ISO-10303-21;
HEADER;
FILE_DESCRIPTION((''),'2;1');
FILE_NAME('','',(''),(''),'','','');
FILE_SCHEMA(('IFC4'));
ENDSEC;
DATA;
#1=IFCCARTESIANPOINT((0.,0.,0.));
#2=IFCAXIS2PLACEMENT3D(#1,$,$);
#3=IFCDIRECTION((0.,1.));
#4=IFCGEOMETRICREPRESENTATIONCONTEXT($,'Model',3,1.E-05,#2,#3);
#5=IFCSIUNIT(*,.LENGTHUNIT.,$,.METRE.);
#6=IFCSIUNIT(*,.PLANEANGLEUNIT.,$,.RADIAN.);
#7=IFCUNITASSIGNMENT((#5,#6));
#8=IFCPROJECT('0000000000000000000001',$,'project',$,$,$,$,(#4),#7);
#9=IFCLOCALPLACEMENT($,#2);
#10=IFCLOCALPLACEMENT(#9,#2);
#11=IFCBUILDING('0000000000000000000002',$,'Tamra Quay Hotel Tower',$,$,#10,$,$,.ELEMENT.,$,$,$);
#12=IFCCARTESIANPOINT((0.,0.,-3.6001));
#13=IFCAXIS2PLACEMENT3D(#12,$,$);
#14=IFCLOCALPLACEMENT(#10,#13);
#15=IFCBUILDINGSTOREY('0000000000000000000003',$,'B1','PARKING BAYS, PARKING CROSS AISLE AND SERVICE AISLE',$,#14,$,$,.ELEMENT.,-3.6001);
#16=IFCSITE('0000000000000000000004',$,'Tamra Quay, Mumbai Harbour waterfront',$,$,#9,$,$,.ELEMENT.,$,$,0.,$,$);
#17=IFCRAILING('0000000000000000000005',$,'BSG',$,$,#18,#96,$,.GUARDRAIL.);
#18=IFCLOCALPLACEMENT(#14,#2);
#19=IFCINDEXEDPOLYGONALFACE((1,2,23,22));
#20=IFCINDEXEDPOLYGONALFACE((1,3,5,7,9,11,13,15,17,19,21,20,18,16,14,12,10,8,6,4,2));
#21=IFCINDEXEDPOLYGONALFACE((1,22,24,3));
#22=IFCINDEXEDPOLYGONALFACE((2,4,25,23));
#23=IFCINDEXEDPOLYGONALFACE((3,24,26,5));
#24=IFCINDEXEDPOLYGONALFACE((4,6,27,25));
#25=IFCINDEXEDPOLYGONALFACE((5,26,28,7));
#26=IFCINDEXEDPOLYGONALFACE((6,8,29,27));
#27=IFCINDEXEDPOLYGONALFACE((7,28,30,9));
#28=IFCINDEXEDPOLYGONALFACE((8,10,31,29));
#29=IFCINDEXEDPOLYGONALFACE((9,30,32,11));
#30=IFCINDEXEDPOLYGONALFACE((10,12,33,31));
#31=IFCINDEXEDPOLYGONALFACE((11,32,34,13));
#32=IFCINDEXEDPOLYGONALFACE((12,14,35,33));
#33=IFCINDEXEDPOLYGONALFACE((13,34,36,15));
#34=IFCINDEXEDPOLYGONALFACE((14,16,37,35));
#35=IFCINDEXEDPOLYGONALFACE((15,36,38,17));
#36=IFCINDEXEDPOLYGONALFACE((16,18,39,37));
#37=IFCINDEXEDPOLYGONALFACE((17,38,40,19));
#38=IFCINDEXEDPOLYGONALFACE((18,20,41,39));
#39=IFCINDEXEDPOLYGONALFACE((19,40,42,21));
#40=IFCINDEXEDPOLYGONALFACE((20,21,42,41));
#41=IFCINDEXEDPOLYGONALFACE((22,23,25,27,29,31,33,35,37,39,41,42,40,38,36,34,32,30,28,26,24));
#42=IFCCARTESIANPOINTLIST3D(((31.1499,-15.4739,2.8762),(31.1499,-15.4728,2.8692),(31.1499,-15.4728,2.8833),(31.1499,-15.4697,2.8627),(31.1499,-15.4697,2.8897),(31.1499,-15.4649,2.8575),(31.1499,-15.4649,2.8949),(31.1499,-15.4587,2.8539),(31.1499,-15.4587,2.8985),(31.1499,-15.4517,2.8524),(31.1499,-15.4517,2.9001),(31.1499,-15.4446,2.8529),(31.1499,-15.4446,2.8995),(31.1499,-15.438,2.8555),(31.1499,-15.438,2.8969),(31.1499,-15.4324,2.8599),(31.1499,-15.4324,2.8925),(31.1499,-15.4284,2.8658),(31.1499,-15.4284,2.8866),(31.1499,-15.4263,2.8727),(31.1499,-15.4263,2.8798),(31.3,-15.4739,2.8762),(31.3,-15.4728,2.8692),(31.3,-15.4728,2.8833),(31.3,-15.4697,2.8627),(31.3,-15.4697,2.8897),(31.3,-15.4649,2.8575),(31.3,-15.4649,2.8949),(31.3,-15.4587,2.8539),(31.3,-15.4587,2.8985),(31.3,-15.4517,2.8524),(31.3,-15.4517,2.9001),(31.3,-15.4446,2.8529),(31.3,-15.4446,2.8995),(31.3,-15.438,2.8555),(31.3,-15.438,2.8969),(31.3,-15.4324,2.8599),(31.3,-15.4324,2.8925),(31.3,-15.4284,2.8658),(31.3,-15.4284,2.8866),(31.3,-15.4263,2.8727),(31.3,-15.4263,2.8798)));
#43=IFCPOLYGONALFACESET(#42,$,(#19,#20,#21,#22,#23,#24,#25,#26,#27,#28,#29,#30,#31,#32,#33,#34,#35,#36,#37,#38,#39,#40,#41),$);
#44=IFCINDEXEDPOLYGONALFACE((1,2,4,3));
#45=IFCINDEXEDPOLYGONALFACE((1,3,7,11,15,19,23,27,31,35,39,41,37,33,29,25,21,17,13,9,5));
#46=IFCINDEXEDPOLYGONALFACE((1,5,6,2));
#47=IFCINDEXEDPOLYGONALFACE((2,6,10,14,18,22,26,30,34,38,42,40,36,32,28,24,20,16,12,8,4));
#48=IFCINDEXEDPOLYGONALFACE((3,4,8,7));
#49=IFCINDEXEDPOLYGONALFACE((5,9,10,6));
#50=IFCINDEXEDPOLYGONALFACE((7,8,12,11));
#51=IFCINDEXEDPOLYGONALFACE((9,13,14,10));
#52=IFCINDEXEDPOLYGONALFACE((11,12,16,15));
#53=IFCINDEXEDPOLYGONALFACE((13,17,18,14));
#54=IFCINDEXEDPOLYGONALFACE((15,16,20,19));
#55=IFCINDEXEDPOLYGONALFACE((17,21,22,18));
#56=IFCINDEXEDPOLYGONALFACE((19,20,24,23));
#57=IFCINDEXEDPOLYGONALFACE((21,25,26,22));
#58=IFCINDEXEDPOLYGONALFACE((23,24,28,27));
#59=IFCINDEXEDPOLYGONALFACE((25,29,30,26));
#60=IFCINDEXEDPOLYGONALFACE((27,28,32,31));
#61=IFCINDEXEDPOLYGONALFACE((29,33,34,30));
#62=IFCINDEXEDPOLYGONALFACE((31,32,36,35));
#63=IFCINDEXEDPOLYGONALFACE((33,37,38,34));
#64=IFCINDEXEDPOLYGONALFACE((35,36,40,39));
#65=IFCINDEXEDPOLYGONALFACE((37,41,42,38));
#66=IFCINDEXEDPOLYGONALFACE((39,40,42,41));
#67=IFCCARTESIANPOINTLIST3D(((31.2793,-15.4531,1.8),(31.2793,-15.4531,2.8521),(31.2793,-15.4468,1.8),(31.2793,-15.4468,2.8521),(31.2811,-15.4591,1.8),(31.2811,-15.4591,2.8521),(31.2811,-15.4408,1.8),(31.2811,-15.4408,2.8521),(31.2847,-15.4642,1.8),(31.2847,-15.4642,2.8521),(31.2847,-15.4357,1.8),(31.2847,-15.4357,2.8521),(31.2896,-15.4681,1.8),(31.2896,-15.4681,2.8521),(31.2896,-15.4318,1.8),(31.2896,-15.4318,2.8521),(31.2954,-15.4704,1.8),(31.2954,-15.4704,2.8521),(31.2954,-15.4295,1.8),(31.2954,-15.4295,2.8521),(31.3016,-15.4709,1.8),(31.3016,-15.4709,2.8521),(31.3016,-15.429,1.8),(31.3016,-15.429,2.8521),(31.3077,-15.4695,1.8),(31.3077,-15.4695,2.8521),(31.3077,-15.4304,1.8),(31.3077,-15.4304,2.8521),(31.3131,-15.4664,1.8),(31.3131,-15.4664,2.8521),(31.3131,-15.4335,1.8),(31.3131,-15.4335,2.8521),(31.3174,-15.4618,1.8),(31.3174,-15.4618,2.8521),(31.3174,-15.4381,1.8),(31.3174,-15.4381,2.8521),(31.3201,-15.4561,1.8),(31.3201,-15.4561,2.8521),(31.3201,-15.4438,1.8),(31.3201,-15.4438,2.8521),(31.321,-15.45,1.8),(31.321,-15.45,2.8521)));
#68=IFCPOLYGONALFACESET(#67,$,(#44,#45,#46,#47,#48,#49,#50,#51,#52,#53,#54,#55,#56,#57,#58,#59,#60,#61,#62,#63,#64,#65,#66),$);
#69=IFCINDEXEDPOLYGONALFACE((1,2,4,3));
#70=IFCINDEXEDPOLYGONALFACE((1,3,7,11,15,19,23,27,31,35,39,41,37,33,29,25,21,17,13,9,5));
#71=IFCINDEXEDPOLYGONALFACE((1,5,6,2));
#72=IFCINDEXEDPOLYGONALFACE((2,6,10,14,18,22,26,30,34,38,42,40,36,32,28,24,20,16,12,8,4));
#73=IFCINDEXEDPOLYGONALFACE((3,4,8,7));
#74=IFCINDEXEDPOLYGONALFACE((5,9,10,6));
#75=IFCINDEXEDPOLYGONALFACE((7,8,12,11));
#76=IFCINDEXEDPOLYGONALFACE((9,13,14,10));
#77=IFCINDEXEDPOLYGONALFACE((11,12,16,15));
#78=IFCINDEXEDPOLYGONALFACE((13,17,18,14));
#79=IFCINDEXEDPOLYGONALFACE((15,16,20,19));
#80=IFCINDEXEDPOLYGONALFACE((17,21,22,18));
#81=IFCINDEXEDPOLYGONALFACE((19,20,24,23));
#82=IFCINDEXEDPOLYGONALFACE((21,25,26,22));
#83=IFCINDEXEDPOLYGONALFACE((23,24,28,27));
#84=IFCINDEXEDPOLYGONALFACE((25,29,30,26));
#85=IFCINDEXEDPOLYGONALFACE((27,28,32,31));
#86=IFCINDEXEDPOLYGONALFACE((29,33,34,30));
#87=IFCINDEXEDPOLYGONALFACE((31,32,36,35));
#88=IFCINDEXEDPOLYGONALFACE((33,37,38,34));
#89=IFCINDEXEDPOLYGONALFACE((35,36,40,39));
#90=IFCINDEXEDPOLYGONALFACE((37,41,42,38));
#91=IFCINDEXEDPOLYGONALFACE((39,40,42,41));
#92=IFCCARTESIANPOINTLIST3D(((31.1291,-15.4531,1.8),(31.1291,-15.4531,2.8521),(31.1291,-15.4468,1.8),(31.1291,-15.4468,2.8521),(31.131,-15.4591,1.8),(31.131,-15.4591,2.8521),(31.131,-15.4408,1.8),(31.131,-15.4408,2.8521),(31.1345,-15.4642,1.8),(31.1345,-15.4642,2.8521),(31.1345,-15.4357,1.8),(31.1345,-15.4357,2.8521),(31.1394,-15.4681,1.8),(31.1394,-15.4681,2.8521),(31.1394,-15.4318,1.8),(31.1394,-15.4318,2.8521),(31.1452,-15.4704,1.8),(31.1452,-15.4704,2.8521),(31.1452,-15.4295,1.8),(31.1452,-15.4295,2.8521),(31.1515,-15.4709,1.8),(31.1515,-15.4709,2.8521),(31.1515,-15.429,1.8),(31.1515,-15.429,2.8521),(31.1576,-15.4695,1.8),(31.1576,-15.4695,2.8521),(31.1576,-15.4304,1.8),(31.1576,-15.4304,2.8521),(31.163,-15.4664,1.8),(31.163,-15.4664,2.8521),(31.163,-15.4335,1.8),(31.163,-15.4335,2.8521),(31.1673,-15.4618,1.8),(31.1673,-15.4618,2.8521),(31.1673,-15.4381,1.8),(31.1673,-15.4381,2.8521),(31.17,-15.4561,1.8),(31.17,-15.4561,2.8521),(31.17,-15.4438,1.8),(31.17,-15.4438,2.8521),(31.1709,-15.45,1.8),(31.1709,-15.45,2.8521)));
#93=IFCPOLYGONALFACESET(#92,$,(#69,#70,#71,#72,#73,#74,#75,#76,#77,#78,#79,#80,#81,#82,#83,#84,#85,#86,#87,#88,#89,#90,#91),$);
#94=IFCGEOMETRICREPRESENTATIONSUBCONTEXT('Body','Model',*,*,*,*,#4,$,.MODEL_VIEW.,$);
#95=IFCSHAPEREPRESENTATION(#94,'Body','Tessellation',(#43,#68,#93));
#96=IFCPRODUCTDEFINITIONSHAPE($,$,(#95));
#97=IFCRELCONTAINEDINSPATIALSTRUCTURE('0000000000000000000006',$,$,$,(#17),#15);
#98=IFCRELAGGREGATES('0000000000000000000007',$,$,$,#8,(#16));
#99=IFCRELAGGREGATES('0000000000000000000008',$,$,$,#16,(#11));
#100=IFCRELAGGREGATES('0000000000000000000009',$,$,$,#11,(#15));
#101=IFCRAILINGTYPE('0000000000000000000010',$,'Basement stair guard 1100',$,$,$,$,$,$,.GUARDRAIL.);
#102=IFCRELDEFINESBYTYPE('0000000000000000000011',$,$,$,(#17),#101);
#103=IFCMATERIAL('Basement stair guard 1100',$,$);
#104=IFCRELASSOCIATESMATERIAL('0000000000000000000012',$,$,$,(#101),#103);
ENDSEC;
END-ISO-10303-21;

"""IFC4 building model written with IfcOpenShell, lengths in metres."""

from ifc_helpers import new_model, si_unit, direction, frame, origin, origin_2d, place, context, subcontext, project, spatial, circle, extrude, material, type_object, element, save


model = new_model("IFC4")

# Units and contexts
model_context = context("Model", 3, precision=1e-05, world=origin(), true_north=direction((0.0, 1.0)))
body_context = subcontext(model_context, "Body", "Model", "MODEL_VIEW")
ifc_project = project(units=[si_unit("LENGTHUNIT", "METRE"), si_unit("PLANEANGLEUNIT", "RADIAN")], contexts=[model_context])

# Site, building, storey
site_placement = place(None, origin())
site = spatial("IfcSite", under=ifc_project, at=site_placement, Name="Tamra Quay, Mumbai Harbour waterfront", CompositionType="ELEMENT", RefElevation=0.0)
building_placement = place(site_placement, origin())
building = spatial("IfcBuilding", under=site, at=building_placement, Name="Tamra Quay Hotel Tower", CompositionType="ELEMENT")
storey_placement = place(building_placement, frame((0.0, 0.0, -3.6001)))
storey = spatial("IfcBuildingStorey", under=building, at=storey_placement, Name="B1", Description="PARKING BAYS, PARKING CROSS AISLE AND SERVICE AISLE", CompositionType="ELEMENT", Elevation=-3.6001)

# Railing
ifc_material_1 = material(Name="Basement stair guard 1100")
railing_type_1 = type_object("IfcRailingType", Name="Basement stair guard 1100", PredefinedType="GUARDRAIL", material=ifc_material_1)
railing_1_placement = place(storey_placement, frame((31.3, -15.45, 1.8)))
element("IfcRailing", 1, at=railing_1_placement, inside=storey, type_object=railing_type_1, Name="BSG", PredefinedType="GUARDRAIL", context=body_context, shape_type="SweptSolid", body=[
    extrude(circle(Radius=0.0239, at=origin_2d()), frame((0.0, 0.0, 1.0762), z_axis=(-1.0, 0.0, 0.0), x_axis=(0.0, -1.0, 0.0)), (0.0, 0.0, 1.0), 0.1501),
    extrude(circle(Radius=0.021, at=origin_2d()), origin(), (0.0, 0.0, 1.0), 1.052),
    extrude(circle(Radius=0.021, at=origin_2d()), frame((-0.1501, 0.0, 0.0)), (0.0, 0.0, 1.0), 1.052),
])

save(model, "model.ifc")
